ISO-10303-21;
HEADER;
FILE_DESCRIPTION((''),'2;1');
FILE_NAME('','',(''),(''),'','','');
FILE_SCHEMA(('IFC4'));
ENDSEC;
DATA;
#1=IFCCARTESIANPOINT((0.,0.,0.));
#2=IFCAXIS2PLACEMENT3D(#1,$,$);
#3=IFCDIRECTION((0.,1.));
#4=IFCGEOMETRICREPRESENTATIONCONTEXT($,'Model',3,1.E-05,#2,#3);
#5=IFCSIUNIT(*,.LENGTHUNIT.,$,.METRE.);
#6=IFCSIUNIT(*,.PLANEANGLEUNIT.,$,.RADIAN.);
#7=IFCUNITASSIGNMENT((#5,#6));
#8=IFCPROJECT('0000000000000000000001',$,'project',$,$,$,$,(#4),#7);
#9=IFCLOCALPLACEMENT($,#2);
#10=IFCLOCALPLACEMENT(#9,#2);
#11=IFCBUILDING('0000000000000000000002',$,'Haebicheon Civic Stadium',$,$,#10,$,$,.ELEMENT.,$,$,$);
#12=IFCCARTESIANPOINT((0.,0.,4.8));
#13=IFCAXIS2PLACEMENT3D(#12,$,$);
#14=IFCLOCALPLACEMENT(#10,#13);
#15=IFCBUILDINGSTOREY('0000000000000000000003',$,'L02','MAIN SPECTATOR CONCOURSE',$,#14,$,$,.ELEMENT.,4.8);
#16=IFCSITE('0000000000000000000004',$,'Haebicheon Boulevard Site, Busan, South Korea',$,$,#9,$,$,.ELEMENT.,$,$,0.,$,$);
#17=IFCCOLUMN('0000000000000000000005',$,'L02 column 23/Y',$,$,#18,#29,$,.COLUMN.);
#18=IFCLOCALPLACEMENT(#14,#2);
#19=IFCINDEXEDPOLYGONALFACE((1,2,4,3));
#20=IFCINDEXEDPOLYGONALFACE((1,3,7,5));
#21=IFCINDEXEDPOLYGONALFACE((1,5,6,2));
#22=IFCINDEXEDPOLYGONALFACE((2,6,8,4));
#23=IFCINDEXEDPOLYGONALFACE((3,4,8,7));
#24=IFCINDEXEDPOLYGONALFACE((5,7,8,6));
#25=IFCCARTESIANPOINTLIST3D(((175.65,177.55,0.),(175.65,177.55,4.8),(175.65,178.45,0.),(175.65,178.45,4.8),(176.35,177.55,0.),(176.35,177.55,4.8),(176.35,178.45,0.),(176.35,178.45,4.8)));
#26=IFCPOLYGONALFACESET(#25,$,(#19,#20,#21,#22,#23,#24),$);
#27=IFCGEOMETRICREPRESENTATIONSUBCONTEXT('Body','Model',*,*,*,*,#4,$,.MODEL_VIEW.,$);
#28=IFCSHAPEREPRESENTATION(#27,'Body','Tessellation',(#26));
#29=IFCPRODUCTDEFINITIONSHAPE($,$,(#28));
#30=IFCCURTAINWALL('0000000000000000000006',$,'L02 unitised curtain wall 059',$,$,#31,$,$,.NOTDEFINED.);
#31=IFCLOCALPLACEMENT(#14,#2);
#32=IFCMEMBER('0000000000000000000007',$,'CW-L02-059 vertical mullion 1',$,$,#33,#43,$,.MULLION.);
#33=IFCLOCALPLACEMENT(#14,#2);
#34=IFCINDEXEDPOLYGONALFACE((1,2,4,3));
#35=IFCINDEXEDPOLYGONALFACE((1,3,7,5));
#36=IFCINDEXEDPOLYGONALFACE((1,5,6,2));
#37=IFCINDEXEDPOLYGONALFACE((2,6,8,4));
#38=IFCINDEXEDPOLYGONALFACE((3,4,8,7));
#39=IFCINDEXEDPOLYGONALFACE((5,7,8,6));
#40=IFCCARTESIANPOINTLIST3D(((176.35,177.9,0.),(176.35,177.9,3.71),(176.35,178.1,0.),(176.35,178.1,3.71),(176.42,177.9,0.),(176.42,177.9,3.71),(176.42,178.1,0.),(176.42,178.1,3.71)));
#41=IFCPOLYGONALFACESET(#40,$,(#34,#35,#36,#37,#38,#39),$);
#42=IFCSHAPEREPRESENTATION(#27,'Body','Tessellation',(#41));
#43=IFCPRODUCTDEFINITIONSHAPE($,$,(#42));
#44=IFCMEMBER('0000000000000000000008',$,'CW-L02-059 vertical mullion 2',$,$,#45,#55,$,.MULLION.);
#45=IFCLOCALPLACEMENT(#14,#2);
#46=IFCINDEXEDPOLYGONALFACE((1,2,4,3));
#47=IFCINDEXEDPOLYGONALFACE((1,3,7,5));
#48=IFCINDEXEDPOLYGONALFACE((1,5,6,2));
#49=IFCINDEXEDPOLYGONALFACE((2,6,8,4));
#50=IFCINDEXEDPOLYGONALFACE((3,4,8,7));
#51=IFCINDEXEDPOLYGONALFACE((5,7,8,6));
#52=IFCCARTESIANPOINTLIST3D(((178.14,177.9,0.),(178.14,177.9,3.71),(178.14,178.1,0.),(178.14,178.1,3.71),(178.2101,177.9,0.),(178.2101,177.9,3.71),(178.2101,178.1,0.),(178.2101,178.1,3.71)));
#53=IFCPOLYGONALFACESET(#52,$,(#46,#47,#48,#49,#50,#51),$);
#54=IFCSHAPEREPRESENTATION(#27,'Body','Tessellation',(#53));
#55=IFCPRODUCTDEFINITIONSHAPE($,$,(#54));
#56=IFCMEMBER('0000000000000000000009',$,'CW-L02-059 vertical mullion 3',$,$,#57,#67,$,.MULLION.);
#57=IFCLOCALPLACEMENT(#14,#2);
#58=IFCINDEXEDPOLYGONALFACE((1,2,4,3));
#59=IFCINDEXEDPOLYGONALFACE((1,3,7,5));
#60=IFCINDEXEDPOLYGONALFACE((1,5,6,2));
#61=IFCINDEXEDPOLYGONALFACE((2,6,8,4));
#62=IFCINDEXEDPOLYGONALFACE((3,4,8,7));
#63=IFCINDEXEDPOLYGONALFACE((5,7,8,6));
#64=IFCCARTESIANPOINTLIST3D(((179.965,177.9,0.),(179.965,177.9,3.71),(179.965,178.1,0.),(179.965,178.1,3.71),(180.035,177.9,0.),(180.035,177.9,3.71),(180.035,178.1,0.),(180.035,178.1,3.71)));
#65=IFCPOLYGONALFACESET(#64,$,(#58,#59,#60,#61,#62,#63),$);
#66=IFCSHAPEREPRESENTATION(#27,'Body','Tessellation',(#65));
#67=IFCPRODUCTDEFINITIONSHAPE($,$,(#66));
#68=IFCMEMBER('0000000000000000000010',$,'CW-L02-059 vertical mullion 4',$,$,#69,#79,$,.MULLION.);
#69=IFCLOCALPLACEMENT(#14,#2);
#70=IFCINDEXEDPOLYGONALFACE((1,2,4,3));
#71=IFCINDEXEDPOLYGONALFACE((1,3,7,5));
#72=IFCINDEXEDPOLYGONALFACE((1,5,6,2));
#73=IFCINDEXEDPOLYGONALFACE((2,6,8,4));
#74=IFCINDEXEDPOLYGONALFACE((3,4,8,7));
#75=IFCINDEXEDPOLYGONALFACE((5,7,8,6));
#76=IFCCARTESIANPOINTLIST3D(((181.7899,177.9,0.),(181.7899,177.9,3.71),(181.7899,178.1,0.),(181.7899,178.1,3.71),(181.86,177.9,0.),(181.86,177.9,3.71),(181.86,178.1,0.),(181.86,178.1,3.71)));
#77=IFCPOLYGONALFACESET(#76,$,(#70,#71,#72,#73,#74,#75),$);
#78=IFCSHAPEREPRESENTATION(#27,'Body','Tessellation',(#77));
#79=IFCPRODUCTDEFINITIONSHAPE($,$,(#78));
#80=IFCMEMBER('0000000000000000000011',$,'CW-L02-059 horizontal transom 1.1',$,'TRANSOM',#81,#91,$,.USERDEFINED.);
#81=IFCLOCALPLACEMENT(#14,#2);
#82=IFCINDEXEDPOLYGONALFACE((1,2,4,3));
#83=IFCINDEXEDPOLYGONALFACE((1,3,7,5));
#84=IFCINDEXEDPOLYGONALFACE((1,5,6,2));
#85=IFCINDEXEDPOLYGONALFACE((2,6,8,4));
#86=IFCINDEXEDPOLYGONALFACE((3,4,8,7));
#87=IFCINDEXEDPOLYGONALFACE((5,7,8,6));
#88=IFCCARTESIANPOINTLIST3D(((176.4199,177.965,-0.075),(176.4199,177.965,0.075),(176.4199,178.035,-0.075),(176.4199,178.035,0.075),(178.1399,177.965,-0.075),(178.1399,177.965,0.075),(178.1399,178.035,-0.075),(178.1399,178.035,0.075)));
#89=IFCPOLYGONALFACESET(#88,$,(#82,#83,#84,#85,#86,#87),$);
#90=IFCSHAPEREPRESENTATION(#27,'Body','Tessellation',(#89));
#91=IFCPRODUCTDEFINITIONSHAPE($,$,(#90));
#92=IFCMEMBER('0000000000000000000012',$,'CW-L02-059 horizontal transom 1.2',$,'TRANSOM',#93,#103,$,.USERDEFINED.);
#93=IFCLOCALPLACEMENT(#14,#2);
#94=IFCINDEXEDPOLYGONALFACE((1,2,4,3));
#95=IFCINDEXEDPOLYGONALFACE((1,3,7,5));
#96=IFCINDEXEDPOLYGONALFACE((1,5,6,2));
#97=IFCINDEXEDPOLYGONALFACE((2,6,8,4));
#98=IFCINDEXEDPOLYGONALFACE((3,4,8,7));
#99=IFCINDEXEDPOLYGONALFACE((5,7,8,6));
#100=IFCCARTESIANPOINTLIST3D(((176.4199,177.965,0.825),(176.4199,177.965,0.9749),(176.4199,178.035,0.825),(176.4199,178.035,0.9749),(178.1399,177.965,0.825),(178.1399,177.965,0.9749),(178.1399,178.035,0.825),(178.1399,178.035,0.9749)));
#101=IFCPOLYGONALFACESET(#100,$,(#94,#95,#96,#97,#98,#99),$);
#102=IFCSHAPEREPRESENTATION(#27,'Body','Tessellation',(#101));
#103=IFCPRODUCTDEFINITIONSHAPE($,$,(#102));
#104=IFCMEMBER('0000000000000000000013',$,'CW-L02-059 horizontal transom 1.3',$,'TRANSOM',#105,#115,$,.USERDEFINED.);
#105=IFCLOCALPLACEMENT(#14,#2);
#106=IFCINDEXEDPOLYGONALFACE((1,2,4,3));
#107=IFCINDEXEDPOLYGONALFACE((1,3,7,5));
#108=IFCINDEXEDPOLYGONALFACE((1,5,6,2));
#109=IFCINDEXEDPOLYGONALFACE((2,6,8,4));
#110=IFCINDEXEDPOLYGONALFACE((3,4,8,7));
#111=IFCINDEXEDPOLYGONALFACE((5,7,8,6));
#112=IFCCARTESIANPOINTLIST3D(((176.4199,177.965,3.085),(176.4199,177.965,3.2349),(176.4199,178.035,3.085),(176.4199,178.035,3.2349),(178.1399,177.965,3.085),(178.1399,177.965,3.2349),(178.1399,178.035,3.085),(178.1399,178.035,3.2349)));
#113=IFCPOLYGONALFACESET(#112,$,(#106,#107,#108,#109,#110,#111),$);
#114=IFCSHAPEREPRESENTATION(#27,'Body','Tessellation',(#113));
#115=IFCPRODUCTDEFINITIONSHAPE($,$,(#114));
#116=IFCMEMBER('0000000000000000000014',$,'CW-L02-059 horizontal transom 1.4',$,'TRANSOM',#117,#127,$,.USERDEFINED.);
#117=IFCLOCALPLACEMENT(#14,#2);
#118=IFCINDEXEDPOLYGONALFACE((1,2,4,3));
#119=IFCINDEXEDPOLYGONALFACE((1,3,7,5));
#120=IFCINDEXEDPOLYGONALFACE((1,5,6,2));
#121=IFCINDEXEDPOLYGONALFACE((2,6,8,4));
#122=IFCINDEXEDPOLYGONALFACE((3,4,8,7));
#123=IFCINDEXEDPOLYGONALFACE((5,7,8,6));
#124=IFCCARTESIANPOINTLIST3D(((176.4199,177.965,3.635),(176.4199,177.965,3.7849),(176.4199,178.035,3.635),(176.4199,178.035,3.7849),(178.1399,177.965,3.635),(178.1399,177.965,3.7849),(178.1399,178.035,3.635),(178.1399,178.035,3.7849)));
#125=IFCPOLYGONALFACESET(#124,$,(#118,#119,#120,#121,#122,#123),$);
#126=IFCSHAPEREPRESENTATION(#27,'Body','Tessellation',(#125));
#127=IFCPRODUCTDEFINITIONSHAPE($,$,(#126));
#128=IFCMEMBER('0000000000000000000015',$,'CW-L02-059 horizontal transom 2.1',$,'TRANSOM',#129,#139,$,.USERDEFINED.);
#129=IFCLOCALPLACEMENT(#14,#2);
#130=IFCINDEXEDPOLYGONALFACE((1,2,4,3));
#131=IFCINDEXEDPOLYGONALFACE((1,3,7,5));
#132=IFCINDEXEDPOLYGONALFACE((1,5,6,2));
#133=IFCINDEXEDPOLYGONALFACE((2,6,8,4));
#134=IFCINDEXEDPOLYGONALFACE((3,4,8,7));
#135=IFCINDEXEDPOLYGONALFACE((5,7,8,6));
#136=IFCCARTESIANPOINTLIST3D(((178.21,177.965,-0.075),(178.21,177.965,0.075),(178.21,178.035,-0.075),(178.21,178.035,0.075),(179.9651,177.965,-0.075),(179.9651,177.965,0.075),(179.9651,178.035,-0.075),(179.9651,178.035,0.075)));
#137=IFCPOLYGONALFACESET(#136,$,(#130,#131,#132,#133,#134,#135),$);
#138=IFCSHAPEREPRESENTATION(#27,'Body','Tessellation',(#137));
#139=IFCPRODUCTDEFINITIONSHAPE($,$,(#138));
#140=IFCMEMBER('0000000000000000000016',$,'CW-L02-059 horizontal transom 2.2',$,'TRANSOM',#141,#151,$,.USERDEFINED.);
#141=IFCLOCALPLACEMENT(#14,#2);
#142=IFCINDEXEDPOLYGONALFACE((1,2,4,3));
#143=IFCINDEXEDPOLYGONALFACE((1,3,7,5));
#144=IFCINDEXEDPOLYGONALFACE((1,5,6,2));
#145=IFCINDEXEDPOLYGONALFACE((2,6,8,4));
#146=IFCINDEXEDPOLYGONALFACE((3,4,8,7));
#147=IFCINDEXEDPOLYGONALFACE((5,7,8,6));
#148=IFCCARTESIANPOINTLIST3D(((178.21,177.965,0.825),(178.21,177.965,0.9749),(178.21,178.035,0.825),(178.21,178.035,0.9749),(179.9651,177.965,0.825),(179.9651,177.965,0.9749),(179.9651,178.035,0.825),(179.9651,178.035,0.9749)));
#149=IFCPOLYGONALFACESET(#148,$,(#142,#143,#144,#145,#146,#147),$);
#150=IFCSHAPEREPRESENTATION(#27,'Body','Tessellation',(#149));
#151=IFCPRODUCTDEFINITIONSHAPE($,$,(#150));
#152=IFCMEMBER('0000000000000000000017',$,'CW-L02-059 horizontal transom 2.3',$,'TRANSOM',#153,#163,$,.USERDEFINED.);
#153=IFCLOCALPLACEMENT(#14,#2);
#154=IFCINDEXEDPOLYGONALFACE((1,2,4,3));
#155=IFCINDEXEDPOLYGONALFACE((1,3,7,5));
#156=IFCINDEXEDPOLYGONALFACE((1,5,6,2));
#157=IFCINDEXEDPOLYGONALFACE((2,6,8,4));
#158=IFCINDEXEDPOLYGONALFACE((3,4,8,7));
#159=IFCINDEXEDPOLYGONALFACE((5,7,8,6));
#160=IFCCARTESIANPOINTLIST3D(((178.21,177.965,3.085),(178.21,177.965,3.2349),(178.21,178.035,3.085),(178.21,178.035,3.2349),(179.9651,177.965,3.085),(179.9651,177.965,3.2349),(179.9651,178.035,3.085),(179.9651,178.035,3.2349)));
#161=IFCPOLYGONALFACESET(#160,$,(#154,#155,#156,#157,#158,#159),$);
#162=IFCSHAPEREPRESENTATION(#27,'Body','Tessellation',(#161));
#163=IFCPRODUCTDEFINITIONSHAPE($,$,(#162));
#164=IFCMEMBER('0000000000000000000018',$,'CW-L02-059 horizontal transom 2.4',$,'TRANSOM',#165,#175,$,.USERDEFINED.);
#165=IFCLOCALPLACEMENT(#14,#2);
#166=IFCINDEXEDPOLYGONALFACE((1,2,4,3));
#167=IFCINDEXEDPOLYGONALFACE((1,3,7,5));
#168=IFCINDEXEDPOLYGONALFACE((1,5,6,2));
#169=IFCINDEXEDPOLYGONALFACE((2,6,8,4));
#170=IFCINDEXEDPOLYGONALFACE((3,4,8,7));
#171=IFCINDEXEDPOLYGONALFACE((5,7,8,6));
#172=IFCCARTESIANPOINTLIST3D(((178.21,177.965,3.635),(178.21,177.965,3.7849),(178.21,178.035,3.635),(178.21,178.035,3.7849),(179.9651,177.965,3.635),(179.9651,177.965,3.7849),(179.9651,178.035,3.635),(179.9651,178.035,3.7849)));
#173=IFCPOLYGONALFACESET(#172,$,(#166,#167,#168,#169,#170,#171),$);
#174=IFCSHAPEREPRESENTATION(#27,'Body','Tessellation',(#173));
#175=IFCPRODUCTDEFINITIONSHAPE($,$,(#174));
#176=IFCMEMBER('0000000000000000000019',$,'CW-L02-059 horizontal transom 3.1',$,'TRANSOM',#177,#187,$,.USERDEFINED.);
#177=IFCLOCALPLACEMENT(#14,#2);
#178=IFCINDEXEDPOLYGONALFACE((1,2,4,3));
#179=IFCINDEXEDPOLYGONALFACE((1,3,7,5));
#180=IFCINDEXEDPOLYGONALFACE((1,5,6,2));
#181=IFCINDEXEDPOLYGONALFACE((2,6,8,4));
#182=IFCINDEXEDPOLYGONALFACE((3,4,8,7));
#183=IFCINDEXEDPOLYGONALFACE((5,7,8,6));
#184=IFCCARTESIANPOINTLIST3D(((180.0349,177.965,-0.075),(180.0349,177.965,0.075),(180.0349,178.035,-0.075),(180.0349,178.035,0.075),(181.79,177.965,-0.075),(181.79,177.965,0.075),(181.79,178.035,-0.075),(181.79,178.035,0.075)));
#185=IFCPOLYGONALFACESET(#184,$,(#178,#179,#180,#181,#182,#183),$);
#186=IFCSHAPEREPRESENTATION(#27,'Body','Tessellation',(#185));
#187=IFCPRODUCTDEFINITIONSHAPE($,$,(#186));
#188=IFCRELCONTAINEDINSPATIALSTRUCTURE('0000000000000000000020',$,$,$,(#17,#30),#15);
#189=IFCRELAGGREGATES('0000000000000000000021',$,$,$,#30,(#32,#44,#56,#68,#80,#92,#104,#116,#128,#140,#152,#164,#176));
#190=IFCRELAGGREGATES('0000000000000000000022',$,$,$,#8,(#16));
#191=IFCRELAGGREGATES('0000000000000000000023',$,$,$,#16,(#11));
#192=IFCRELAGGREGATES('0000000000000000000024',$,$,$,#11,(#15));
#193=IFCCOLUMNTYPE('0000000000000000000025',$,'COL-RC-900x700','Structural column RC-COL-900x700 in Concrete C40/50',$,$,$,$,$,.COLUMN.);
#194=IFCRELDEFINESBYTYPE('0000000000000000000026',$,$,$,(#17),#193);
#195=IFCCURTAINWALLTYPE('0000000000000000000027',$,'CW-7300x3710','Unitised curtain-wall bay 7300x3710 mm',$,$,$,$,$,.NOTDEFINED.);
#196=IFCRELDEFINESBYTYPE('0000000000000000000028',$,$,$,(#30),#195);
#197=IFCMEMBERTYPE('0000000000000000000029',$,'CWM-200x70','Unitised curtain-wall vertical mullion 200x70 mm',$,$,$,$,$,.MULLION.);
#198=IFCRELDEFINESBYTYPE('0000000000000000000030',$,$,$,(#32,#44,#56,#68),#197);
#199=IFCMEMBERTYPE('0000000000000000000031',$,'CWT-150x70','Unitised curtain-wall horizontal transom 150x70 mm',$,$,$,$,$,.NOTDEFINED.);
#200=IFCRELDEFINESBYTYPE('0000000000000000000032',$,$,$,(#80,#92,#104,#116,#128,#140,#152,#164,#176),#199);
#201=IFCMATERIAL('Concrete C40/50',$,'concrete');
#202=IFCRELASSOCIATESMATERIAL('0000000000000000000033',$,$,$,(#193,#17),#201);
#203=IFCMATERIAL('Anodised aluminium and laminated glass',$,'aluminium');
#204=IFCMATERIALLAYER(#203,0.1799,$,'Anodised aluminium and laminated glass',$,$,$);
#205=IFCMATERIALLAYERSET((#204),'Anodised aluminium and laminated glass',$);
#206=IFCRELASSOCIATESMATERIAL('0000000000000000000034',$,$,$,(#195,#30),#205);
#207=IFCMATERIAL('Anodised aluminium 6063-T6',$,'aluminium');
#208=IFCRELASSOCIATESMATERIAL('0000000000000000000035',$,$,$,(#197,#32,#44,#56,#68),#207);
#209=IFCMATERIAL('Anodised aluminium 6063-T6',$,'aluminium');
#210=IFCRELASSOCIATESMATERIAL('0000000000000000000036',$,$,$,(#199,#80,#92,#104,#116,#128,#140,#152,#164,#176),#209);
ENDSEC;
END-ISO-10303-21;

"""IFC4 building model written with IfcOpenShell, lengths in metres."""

from ifc_helpers import new_model, si_unit, direction, frame, origin, origin_2d, place, context, subcontext, project, spatial, rectangle, extrude, material, layer, layer_set, material_profile, profile_set, type_object, element, aggregate, save


model = new_model("IFC4")

# Units and contexts
model_context = context("Model", 3, precision=1e-05, world=origin(), true_north=direction((0.0, 1.0)))
body_context = subcontext(model_context, "Body", "Model", "MODEL_VIEW")
ifc_project = project(units=[si_unit("LENGTHUNIT", "METRE"), si_unit("PLANEANGLEUNIT", "RADIAN")], contexts=[model_context])

# Site, building, storey
site_placement = place(None, origin())
site = spatial("IfcSite", under=ifc_project, at=site_placement, Name="Haebicheon Boulevard Site, Busan, South Korea", CompositionType="ELEMENT", RefElevation=0.0)
building_placement = place(site_placement, origin())
building = spatial("IfcBuilding", under=site, at=building_placement, Name="Haebicheon Civic Stadium", CompositionType="ELEMENT")
storey_placement = place(building_placement, frame((0.0, 0.0, 4.8)))
storey = spatial("IfcBuildingStorey", under=building, at=storey_placement, Name="L02", Description="MAIN SPECTATOR CONCOURSE", CompositionType="ELEMENT", Elevation=4.8)

# Column
ifc_material_1 = material(Name="Concrete C40/50", Category="concrete")
ifc_material_profile_1 = material_profile(ifc_material_1, rectangle(XDim=0.7, YDim=0.8999, at=origin_2d()), Name="RC-COL-900x700")
ifc_profile_set_1 = profile_set([ifc_material_profile_1], Name="Concrete C40/50")
column_type = type_object("IfcColumnType", Name="COL-RC-900x700", Description="Structural column RC-COL-900x700 in Concrete C40/50", PredefinedType="COLUMN", material=ifc_profile_set_1)
column_placement = place(storey_placement, frame((176.0, 178.0, 0.0), z_axis=(0.0, 0.0, 1.0), x_axis=(1.0, 0.0, 0.0)))
element("IfcColumn", 1, at=column_placement, inside=storey, type_object=column_type, material=ifc_profile_set_1, Name="L02 column 23/Y", PredefinedType="COLUMN", context=body_context, shape_type="SweptSolid", body=[
    extrude(rectangle(XDim=0.7, YDim=0.8999, at=origin_2d()), origin(), (0.0, 0.0, 1.0), 4.8),
])

# Curtain wall, members
ifc_material_2 = material(Name="Anodised aluminium and laminated glass", Category="aluminium")
ifc_layer_1 = layer(ifc_material_2, 0.1799, Name="Anodised aluminium and laminated glass")
ifc_layer_set_1 = layer_set([ifc_layer_1], Name="Anodised aluminium and laminated glass")
curtain_wall_type = type_object("IfcCurtainWallType", Name="CW-7300x3710", Description="Unitised curtain-wall bay 7300x3710 mm", PredefinedType="NOTDEFINED", material=ifc_layer_set_1)
curtain_wall_placement = place(storey_placement, origin())
curtain_wall = element("IfcCurtainWall", 2, at=curtain_wall_placement, inside=storey, type_object=curtain_wall_type, material=ifc_layer_set_1, Name="L02 unitised curtain wall 059", PredefinedType="NOTDEFINED")
ifc_material_3 = material(Name="Anodised aluminium 6063-T6", Category="aluminium")
ifc_material_profile_2 = material_profile(ifc_material_3, rectangle(XDim=0.0701, YDim=0.2, at=origin_2d()), Name="ALU-MULL-70x200")
ifc_profile_set_2 = profile_set([ifc_material_profile_2], Name="Anodised aluminium 6063-T6")
member_type_1 = type_object("IfcMemberType", Name="CWM-200x70", Description="Unitised curtain-wall vertical mullion 200x70 mm", PredefinedType="MULLION", material=ifc_profile_set_2)
member_1_placement = place(storey_placement, frame((176.385, 178.0, 0.0), z_axis=(0.0, 0.0, 1.0), x_axis=(1.0, 0.0, 0.0)))
member_1 = element("IfcMember", 3, at=member_1_placement, type_object=member_type_1, material=ifc_profile_set_2, Name="CW-L02-059 vertical mullion 1", PredefinedType="MULLION", context=body_context, shape_type="SweptSolid", body=[
    extrude(rectangle(XDim=0.0701, YDim=0.2, at=origin_2d()), origin(), (0.0, 0.0, 1.0), 3.71),
])
member_2_placement = place(storey_placement, frame((178.175, 178.0, 0.0), z_axis=(0.0, 0.0, 1.0), x_axis=(1.0, 0.0, 0.0)))
member_2 = element("IfcMember", 4, at=member_2_placement, type_object=member_type_1, material=ifc_profile_set_2, Name="CW-L02-059 vertical mullion 2", PredefinedType="MULLION", context=body_context, shape_type="SweptSolid", body=[
    extrude(rectangle(XDim=0.0701, YDim=0.2, at=origin_2d()), origin(), (0.0, 0.0, 1.0), 3.71),
])
member_3_placement = place(storey_placement, frame((180.0, 178.0, 0.0), z_axis=(0.0, 0.0, 1.0), x_axis=(1.0, 0.0, 0.0)))
member_3 = element("IfcMember", 5, at=member_3_placement, type_object=member_type_1, material=ifc_profile_set_2, Name="CW-L02-059 vertical mullion 3", PredefinedType="MULLION", context=body_context, shape_type="SweptSolid", body=[
    extrude(rectangle(XDim=0.0701, YDim=0.2, at=origin_2d()), origin(), (0.0, 0.0, 1.0), 3.71),
])
member_4_placement = place(storey_placement, frame((181.825, 178.0, 0.0), z_axis=(0.0, 0.0, 1.0), x_axis=(1.0, 0.0, 0.0)))
member_4 = element("IfcMember", 6, at=member_4_placement, type_object=member_type_1, material=ifc_profile_set_2, Name="CW-L02-059 vertical mullion 4", PredefinedType="MULLION", context=body_context, shape_type="SweptSolid", body=[
    extrude(rectangle(XDim=0.0701, YDim=0.2, at=origin_2d()), origin(), (0.0, 0.0, 1.0), 3.71),
])
ifc_material_4 = material(Name="Anodised aluminium 6063-T6", Category="aluminium")
ifc_material_profile_3 = material_profile(ifc_material_4, rectangle(XDim=0.0701, YDim=0.1499, at=origin_2d()), Name="ALU-TRAN-70x150")
ifc_profile_set_3 = profile_set([ifc_material_profile_3], Name="Anodised aluminium 6063-T6")
member_type_2 = type_object("IfcMemberType", Name="CWT-150x70", Description="Unitised curtain-wall horizontal transom 150x70 mm", PredefinedType="NOTDEFINED", material=ifc_profile_set_3)
member_5_placement = place(storey_placement, frame((176.4199, 178.0, 0.0), z_axis=(1.0, 0.0, 0.0), x_axis=(0.0, 1.0, 0.0)))
member_5 = element("IfcMember", 7, at=member_5_placement, type_object=member_type_2, material=ifc_profile_set_3, Name="CW-L02-059 horizontal transom 1.1", ObjectType="TRANSOM", PredefinedType="USERDEFINED", context=body_context, shape_type="SweptSolid", body=[
    extrude(rectangle(XDim=0.0701, YDim=0.1499, at=origin_2d()), origin(), (0.0, 0.0, 1.0), 1.72),
])
member_6_placement = place(storey_placement, frame((176.4199, 178.0, 0.8999), z_axis=(1.0, 0.0, 0.0), x_axis=(0.0, 1.0, 0.0)))
member_6 = element("IfcMember", 8, at=member_6_placement, type_object=member_type_2, material=ifc_profile_set_3, Name="CW-L02-059 horizontal transom 1.2", ObjectType="TRANSOM", PredefinedType="USERDEFINED", context=body_context, shape_type="SweptSolid", body=[
    extrude(rectangle(XDim=0.0701, YDim=0.1499, at=origin_2d()), origin(), (0.0, 0.0, 1.0), 1.72),
])
member_7_placement = place(storey_placement, frame((176.4199, 178.0, 3.1599), z_axis=(1.0, 0.0, 0.0), x_axis=(0.0, 1.0, 0.0)))
member_7 = element("IfcMember", 9, at=member_7_placement, type_object=member_type_2, material=ifc_profile_set_3, Name="CW-L02-059 horizontal transom 1.3", ObjectType="TRANSOM", PredefinedType="USERDEFINED", context=body_context, shape_type="SweptSolid", body=[
    extrude(rectangle(XDim=0.0701, YDim=0.1499, at=origin_2d()), origin(), (0.0, 0.0, 1.0), 1.72),
])
member_8_placement = place(storey_placement, frame((176.4199, 178.0, 3.71), z_axis=(1.0, 0.0, 0.0), x_axis=(0.0, 1.0, 0.0)))
member_8 = element("IfcMember", 10, at=member_8_placement, type_object=member_type_2, material=ifc_profile_set_3, Name="CW-L02-059 horizontal transom 1.4", ObjectType="TRANSOM", PredefinedType="USERDEFINED", context=body_context, shape_type="SweptSolid", body=[
    extrude(rectangle(XDim=0.0701, YDim=0.1499, at=origin_2d()), origin(), (0.0, 0.0, 1.0), 1.72),
])
member_9_placement = place(storey_placement, frame((178.21, 178.0, 0.0), z_axis=(1.0, 0.0, 0.0), x_axis=(0.0, 1.0, 0.0)))
member_9 = element("IfcMember", 11, at=member_9_placement, type_object=member_type_2, material=ifc_profile_set_3, Name="CW-L02-059 horizontal transom 2.1", ObjectType="TRANSOM", PredefinedType="USERDEFINED", context=body_context, shape_type="SweptSolid", body=[
    extrude(rectangle(XDim=0.0701, YDim=0.1499, at=origin_2d()), origin(), (0.0, 0.0, 1.0), 1.7551),
])
member_10_placement = place(storey_placement, frame((178.21, 178.0, 0.8999), z_axis=(1.0, 0.0, 0.0), x_axis=(0.0, 1.0, 0.0)))
member_10 = element("IfcMember", 12, at=member_10_placement, type_object=member_type_2, material=ifc_profile_set_3, Name="CW-L02-059 horizontal transom 2.2", ObjectType="TRANSOM", PredefinedType="USERDEFINED", context=body_context, shape_type="SweptSolid", body=[
    extrude(rectangle(XDim=0.0701, YDim=0.1499, at=origin_2d()), origin(), (0.0, 0.0, 1.0), 1.7551),
])
member_11_placement = place(storey_placement, frame((178.21, 178.0, 3.1599), z_axis=(1.0, 0.0, 0.0), x_axis=(0.0, 1.0, 0.0)))
member_11 = element("IfcMember", 13, at=member_11_placement, type_object=member_type_2, material=ifc_profile_set_3, Name="CW-L02-059 horizontal transom 2.3", ObjectType="TRANSOM", PredefinedType="USERDEFINED", context=body_context, shape_type="SweptSolid", body=[
    extrude(rectangle(XDim=0.0701, YDim=0.1499, at=origin_2d()), origin(), (0.0, 0.0, 1.0), 1.7551),
])
member_12_placement = place(storey_placement, frame((178.21, 178.0, 3.71), z_axis=(1.0, 0.0, 0.0), x_axis=(0.0, 1.0, 0.0)))
member_12 = element("IfcMember", 14, at=member_12_placement, type_object=member_type_2, material=ifc_profile_set_3, Name="CW-L02-059 horizontal transom 2.4", ObjectType="TRANSOM", PredefinedType="USERDEFINED", context=body_context, shape_type="SweptSolid", body=[
    extrude(rectangle(XDim=0.0701, YDim=0.1499, at=origin_2d()), origin(), (0.0, 0.0, 1.0), 1.7551),
])
member_13_placement = place(storey_placement, frame((180.0349, 178.0, 0.0), z_axis=(1.0, 0.0, 0.0), x_axis=(0.0, 1.0, 0.0)))
member_13 = element("IfcMember", 15, at=member_13_placement, type_object=member_type_2, material=ifc_profile_set_3, Name="CW-L02-059 horizontal transom 3.1", ObjectType="TRANSOM", PredefinedType="USERDEFINED", context=body_context, shape_type="SweptSolid", body=[
    extrude(rectangle(XDim=0.0701, YDim=0.1499, at=origin_2d()), origin(), (0.0, 0.0, 1.0), 1.7551),
])

aggregate(curtain_wall, [member_1, member_2, member_3, member_4, member_5, member_6, member_7, member_8, member_9, member_10, member_11, member_12, member_13])

save(model, "model.ifc")
